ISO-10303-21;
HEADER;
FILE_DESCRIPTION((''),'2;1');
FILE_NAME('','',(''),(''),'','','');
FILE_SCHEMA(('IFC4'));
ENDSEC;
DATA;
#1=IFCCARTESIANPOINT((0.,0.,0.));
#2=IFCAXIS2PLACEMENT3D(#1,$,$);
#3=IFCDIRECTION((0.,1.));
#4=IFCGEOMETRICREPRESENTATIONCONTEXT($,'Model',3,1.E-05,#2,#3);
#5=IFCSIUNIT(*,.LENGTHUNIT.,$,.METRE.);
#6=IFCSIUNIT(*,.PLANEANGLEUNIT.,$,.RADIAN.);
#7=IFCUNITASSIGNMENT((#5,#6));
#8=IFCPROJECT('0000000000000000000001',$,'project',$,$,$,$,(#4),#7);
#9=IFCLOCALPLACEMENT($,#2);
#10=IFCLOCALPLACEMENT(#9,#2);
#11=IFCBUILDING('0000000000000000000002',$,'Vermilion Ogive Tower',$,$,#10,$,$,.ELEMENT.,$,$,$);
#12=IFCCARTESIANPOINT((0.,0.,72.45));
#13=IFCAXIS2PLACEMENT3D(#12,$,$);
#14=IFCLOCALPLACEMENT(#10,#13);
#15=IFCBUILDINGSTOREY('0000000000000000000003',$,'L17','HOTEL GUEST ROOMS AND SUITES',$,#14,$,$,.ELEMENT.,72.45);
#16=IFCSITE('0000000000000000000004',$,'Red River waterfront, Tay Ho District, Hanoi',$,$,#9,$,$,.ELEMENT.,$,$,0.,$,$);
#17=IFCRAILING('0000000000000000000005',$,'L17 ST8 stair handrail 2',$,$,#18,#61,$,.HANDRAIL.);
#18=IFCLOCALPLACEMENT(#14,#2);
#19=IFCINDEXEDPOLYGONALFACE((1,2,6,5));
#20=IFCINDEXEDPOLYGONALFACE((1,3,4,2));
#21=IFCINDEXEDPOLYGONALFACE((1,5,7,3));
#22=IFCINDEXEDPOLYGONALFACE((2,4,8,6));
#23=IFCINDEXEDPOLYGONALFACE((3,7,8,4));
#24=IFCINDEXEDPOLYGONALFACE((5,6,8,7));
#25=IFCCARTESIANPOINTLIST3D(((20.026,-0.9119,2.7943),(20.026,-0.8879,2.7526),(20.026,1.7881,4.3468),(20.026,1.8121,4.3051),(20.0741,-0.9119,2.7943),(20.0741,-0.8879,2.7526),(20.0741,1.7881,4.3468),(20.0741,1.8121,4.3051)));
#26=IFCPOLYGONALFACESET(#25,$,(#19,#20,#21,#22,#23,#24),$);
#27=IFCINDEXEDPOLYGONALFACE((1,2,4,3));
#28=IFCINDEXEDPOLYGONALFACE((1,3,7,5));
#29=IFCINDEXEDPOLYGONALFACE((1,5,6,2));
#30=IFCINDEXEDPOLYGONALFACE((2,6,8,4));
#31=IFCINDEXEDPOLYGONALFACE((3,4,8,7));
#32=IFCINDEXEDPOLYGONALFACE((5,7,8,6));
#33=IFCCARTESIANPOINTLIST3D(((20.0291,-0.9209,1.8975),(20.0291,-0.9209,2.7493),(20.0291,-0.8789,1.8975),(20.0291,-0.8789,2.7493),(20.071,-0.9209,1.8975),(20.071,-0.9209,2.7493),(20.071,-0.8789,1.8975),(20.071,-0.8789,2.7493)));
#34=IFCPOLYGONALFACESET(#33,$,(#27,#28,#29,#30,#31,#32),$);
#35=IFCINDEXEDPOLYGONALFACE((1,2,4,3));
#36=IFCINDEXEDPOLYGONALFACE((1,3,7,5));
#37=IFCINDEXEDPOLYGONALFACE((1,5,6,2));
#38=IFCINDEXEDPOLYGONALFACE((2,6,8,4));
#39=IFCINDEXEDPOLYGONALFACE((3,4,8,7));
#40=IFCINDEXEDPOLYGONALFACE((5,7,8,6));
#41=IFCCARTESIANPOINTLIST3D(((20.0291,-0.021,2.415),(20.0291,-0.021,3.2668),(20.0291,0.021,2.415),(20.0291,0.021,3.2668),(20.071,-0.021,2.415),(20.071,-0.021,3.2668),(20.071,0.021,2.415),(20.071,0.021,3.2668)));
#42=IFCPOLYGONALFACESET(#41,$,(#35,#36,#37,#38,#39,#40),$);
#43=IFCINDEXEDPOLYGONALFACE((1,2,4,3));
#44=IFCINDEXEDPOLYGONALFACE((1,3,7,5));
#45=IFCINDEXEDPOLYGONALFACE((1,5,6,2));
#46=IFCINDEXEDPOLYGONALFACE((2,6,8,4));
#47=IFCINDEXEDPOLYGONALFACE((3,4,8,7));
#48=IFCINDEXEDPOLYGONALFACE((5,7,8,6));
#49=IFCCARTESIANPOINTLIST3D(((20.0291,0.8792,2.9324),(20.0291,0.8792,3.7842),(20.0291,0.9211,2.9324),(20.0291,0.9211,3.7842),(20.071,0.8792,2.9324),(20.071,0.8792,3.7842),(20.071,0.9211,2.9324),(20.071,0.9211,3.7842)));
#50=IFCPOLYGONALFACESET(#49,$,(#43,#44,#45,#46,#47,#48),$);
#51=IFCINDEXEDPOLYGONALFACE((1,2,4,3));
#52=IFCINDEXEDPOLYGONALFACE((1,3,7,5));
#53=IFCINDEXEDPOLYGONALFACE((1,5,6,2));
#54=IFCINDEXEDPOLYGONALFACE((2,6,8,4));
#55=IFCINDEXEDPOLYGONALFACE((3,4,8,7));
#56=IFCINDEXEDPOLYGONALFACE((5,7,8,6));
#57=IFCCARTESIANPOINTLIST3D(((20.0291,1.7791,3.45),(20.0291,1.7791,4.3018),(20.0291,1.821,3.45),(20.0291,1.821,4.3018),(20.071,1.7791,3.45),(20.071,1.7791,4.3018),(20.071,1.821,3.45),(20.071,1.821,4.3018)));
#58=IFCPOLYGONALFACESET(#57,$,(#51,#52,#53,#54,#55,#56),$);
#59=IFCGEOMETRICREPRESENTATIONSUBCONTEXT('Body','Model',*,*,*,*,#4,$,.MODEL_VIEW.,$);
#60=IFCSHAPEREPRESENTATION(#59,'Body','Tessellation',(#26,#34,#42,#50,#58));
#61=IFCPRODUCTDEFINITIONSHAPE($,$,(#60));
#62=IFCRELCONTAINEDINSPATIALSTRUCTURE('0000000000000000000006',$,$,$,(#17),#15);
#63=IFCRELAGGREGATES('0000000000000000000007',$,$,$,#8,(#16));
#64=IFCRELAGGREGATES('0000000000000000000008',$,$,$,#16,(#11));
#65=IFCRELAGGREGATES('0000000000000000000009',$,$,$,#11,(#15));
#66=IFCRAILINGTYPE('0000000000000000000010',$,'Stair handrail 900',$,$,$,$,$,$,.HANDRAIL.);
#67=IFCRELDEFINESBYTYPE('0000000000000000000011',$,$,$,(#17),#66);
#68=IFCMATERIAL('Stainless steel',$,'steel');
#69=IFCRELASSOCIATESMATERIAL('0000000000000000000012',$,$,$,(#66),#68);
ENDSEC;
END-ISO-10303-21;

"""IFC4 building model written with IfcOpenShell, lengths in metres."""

from ifc_helpers import new_model, si_unit, direction, frame, origin, origin_2d, place, context, subcontext, project, spatial, rectangle, extrude, material, type_object, element, save


model = new_model("IFC4")

# Units and contexts
model_context = context("Model", 3, precision=1e-05, world=origin(), true_north=direction((0.0, 1.0)))
body_context = subcontext(model_context, "Body", "Model", "MODEL_VIEW")
ifc_project = project(units=[si_unit("LENGTHUNIT", "METRE"), si_unit("PLANEANGLEUNIT", "RADIAN")], contexts=[model_context])

# Site, building, storey
site_placement = place(None, origin())
site = spatial("IfcSite", under=ifc_project, at=site_placement, Name="Red River waterfront, Tay Ho District, Hanoi", CompositionType="ELEMENT", RefElevation=0.0)
building_placement = place(site_placement, origin())
building = spatial("IfcBuilding", under=site, at=building_placement, Name="Vermilion Ogive Tower", CompositionType="ELEMENT")
storey_placement = place(building_placement, frame((0.0, 0.0, 72.45)))
storey = spatial("IfcBuildingStorey", under=building, at=storey_placement, Name="L17", Description="HOTEL GUEST ROOMS AND SUITES", CompositionType="ELEMENT", Elevation=72.45)

# Railing
ifc_material_1 = material(Name="Stainless steel", Category="steel")
railing_type_1 = type_object("IfcRailingType", Name="Stair handrail 900", PredefinedType="HANDRAIL", material=ifc_material_1)
railing_1_placement = place(storey_placement, frame((20.05, -0.8999, 1.8975)))
element("IfcRailing", 1, at=railing_1_placement, inside=storey, type_object=railing_type_1, Name="L17 ST8 stair handrail 2", PredefinedType="HANDRAIL", context=body_context, shape_type="SweptSolid", body=[
    extrude(rectangle(XDim=0.0481, YDim=0.0481, at=origin_2d()), frame((0.0, 0.0, 0.876), z_axis=(0.0, 0.866904, 0.498476), x_axis=(-1.0, 0.0, 0.0)), (0.0, 0.0, 1.0), 3.1145),
    extrude(rectangle(XDim=0.042, YDim=0.042, at=origin_2d()), origin(), (0.0, 0.0, 1.0), 0.8518),
    extrude(rectangle(XDim=0.042, YDim=0.042, at=origin_2d()), frame((0.0, 0.8999, 0.5176)), (0.0, 0.0, 1.0), 0.8518),
    extrude(rectangle(XDim=0.042, YDim=0.042, at=origin_2d()), frame((0.0, 1.8, 1.0349)), (0.0, 0.0, 1.0), 0.8518),
    extrude(rectangle(XDim=0.042, YDim=0.042, at=origin_2d()), frame((0.0, 2.7, 1.5525)), (0.0, 0.0, 1.0), 0.8518),
])

save(model, "model.ifc")
